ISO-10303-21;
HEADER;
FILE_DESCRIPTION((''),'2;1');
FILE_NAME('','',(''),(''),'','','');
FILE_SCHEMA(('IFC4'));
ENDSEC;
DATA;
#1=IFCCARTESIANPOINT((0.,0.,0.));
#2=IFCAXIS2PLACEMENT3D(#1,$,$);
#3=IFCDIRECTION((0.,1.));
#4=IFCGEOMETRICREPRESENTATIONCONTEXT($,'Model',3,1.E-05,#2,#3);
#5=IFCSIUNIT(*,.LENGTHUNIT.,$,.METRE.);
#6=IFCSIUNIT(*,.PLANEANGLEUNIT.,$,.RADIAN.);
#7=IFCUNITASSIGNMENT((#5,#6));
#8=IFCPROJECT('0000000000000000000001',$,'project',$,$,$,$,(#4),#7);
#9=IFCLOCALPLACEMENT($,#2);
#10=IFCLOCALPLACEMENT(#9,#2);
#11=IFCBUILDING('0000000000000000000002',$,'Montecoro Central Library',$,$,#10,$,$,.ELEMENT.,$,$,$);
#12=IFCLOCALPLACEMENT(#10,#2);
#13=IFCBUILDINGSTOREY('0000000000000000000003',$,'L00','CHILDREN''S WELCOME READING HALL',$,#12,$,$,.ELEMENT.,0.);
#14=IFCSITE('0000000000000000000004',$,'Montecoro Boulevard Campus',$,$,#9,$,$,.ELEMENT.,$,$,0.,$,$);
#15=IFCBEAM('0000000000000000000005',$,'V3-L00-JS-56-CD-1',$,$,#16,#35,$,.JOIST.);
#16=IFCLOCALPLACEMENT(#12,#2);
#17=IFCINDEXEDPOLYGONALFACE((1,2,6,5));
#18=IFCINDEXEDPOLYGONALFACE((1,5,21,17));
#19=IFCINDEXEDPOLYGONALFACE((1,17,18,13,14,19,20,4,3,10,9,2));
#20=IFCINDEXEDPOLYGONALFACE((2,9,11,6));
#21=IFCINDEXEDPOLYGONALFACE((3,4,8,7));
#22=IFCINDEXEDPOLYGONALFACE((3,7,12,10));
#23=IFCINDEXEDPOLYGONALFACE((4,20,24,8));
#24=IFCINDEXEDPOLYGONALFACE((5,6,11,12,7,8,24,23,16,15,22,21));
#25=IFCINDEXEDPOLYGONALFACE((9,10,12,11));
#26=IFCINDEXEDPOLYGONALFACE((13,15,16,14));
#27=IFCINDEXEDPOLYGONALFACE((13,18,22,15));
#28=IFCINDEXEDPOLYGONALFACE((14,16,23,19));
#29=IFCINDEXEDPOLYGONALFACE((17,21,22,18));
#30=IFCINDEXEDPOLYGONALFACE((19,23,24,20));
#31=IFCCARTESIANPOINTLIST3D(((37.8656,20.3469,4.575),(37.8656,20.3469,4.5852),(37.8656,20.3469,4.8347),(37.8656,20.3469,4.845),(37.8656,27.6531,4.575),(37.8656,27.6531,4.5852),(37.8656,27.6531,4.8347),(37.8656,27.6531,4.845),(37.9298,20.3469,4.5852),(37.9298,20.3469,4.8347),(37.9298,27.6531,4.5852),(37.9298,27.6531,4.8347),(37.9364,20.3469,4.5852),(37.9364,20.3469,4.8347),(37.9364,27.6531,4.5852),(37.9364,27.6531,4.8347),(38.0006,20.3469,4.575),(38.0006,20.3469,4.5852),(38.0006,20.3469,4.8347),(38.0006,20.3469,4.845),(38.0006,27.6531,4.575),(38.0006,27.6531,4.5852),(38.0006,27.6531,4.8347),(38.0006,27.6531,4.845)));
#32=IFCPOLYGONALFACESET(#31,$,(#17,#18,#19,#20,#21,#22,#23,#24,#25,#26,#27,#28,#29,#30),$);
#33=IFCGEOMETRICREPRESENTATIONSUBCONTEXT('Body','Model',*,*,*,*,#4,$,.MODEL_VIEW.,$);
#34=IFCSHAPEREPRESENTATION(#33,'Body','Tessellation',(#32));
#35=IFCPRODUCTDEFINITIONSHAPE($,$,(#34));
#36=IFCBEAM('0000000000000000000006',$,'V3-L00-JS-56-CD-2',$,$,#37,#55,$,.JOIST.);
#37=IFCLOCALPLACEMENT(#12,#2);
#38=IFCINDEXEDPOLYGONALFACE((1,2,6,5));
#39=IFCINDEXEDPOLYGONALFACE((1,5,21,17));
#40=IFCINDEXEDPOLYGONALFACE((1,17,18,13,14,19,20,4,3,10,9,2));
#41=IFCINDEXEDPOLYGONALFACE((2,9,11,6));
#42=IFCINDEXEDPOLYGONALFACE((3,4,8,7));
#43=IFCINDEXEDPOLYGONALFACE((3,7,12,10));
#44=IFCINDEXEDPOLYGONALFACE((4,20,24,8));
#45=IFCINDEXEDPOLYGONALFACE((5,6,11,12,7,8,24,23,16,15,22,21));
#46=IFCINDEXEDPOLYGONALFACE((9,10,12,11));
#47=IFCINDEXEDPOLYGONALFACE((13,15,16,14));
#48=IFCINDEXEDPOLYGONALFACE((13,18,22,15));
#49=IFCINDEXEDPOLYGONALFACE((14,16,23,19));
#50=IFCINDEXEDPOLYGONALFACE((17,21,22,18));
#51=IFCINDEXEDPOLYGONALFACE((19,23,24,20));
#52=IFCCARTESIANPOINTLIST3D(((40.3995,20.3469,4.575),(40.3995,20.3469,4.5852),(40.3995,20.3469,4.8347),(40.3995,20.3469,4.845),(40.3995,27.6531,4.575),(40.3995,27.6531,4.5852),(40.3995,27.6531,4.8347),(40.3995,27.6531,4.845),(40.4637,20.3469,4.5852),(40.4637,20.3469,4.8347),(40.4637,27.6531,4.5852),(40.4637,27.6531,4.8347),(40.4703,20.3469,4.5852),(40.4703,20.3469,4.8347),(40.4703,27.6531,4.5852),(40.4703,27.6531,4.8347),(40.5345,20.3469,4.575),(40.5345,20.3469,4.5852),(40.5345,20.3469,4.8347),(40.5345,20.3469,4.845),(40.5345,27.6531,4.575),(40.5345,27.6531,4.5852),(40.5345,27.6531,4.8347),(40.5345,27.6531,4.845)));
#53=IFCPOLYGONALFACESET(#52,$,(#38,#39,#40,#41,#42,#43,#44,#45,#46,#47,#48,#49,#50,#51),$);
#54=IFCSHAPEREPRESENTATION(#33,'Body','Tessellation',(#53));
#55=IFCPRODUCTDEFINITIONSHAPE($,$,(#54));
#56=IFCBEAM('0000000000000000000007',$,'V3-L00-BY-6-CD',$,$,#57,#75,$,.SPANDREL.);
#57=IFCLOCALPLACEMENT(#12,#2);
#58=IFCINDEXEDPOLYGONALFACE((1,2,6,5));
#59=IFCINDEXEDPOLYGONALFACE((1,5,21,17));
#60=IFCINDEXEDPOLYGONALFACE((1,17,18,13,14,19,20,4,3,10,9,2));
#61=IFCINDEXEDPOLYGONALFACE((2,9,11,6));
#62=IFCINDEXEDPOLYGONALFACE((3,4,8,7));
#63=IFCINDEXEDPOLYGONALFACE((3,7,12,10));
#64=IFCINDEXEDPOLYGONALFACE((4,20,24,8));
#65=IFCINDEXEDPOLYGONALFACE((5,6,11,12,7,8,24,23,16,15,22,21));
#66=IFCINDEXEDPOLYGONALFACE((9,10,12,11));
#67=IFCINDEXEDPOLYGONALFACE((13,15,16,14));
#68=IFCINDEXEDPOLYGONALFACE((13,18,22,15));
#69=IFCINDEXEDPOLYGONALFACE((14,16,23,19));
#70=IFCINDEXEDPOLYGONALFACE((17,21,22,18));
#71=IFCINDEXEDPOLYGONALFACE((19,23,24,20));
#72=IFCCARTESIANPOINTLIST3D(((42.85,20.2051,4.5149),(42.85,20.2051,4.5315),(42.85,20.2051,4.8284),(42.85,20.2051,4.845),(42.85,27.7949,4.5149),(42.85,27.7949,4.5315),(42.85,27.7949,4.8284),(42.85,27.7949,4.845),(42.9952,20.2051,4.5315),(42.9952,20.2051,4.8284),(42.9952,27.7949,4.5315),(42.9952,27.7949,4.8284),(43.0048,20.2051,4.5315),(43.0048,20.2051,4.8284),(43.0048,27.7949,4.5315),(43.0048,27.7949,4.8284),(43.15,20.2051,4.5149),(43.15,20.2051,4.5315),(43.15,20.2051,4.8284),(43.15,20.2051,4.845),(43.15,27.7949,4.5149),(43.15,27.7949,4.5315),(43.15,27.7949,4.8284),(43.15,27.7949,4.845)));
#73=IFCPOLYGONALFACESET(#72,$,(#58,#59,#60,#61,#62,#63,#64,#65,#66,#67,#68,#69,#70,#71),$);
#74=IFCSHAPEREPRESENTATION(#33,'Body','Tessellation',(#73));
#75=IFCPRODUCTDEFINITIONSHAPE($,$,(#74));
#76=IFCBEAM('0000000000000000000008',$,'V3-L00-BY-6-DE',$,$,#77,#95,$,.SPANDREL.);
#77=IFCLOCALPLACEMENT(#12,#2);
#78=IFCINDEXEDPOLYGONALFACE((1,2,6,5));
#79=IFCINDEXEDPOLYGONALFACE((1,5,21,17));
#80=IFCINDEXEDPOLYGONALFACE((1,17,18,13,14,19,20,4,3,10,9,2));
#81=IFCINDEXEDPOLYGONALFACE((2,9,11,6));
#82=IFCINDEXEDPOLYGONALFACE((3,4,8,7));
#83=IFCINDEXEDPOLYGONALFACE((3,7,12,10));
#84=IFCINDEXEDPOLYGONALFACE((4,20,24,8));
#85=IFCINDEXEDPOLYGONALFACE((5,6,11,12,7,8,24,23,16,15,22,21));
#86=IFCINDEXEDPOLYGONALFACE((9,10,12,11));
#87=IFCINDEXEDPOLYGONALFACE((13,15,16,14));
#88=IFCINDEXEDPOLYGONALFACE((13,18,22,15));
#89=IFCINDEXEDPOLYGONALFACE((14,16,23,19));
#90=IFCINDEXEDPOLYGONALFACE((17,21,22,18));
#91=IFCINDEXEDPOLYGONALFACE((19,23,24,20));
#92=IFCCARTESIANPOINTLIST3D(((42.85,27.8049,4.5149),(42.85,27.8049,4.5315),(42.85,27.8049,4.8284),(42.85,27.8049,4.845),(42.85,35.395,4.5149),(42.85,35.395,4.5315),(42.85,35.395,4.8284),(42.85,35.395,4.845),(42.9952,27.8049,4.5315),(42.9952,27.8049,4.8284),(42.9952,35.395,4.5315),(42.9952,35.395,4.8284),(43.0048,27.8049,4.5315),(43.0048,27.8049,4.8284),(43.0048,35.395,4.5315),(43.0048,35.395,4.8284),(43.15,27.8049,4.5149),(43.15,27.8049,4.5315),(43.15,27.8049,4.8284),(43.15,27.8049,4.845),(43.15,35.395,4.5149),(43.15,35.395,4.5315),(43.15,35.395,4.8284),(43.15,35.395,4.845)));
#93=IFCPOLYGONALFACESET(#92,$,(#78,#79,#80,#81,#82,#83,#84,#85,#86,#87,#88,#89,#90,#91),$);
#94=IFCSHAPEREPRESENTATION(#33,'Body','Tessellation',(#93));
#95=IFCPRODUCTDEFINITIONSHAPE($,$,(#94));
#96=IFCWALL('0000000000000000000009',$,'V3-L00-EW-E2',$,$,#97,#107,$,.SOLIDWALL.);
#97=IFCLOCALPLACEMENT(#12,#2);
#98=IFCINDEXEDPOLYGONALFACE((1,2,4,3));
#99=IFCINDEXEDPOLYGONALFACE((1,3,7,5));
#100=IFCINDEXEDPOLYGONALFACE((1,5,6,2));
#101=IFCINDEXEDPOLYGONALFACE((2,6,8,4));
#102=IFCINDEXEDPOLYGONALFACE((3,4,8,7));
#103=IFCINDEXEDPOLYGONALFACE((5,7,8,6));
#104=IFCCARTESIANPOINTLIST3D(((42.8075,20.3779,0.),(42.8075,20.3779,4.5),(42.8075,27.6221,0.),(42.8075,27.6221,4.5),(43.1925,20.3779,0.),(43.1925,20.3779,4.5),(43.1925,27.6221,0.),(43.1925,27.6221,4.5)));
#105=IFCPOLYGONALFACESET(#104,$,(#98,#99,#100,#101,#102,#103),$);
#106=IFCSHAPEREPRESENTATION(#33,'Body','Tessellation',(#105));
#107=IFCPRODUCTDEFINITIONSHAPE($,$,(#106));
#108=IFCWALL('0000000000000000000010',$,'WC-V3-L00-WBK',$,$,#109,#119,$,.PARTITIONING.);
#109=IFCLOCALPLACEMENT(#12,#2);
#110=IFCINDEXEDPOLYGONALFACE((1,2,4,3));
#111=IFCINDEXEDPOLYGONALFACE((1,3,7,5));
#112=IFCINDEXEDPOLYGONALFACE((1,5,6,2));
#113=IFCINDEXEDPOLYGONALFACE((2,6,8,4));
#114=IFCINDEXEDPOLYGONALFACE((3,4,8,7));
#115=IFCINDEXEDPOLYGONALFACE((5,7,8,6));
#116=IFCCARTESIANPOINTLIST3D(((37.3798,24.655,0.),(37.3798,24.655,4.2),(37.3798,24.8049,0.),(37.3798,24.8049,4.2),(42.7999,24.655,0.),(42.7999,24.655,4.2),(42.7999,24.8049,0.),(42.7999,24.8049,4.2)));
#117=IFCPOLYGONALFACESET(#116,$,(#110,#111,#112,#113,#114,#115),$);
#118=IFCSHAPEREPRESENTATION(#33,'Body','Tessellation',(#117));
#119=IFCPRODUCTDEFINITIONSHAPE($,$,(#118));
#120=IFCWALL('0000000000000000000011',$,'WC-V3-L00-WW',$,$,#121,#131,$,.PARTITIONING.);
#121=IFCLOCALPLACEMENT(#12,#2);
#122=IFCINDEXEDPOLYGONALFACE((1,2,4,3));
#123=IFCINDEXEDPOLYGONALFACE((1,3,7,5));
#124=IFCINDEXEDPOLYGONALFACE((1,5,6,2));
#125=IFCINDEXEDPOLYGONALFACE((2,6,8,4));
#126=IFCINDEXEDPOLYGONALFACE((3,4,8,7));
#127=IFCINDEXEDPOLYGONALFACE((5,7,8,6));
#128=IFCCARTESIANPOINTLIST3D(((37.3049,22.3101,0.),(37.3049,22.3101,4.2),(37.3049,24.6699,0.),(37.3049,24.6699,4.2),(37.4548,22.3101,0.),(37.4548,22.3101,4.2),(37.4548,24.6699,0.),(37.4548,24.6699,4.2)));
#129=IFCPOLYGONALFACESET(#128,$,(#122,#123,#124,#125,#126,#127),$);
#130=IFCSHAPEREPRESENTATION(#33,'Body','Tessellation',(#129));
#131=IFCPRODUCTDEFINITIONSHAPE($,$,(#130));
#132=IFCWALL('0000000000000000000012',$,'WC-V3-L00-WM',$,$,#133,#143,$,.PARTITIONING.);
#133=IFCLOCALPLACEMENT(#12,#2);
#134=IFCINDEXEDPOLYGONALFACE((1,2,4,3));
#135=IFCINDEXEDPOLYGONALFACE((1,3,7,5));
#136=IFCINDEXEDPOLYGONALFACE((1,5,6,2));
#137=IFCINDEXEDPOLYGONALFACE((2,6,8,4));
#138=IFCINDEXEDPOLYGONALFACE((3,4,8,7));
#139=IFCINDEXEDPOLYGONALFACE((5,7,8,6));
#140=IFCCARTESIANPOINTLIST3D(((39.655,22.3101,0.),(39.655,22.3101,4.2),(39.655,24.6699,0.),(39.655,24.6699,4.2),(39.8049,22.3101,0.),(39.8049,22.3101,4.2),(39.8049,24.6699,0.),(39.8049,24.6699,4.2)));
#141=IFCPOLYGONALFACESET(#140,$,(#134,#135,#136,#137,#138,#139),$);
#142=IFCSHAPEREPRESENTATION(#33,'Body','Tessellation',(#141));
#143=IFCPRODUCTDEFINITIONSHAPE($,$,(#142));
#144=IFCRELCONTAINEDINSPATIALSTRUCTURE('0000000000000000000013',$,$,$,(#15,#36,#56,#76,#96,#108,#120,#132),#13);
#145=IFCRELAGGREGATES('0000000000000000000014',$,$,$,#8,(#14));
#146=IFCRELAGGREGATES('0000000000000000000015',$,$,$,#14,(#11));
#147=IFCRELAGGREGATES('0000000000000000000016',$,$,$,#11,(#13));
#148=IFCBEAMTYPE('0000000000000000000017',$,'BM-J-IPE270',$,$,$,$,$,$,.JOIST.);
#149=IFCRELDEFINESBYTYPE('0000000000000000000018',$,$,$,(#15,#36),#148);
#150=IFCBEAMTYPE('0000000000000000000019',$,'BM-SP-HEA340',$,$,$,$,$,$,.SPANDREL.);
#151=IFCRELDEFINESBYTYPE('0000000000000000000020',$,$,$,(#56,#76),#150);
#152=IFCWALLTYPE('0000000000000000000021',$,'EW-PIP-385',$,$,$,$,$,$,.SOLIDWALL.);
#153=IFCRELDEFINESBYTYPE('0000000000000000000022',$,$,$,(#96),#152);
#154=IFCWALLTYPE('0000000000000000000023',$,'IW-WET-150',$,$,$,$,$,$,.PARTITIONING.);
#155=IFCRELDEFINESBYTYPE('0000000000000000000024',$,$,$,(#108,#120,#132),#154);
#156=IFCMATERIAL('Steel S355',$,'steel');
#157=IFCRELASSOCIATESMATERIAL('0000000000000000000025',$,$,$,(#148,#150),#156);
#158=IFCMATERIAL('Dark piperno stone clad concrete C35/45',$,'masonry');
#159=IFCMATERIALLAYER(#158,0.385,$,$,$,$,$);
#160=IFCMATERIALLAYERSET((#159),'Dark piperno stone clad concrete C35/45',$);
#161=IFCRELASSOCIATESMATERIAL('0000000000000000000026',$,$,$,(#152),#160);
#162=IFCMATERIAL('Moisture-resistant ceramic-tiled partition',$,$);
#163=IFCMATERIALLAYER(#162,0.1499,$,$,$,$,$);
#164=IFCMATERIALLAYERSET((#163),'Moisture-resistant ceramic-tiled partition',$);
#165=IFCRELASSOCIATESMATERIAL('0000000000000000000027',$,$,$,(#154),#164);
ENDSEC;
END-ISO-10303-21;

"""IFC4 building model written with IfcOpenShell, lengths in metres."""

from ifc_helpers import new_model, si_unit, direction, frame, frame_2d, origin, origin_2d, place, context, subcontext, project, spatial, rectangle, i_section, extrude, material, layer, layer_set, material_profile, profile_set, type_object, element, save


model = new_model("IFC4")

# Units and contexts
model_context = context("Model", 3, precision=1e-05, world=origin(), true_north=direction((0.0, 1.0)))
body_context = subcontext(model_context, "Body", "Model", "MODEL_VIEW")
ifc_project = project(units=[si_unit("LENGTHUNIT", "METRE"), si_unit("PLANEANGLEUNIT", "RADIAN")], contexts=[model_context])

# Site, building, storey
site_placement = place(None, origin())
site = spatial("IfcSite", under=ifc_project, at=site_placement, Name="Montecoro Boulevard Campus", CompositionType="ELEMENT", RefElevation=0.0)
building_placement = place(site_placement, origin())
building = spatial("IfcBuilding", under=site, at=building_placement, Name="Montecoro Central Library", CompositionType="ELEMENT")
storey_placement = place(building_placement, origin())
storey = spatial("IfcBuildingStorey", under=building, at=storey_placement, Name="L00", Description="CHILDREN'S WELCOME READING HALL", CompositionType="ELEMENT", Elevation=0.0)

# Shared definitions
ifc_material_1 = material(Name="Steel S355", Category="steel")

# Beams
ifc_material_profile_1 = material_profile(ifc_material_1, i_section(OverallWidth=0.135, OverallDepth=0.27, WebThickness=0.0066, FlangeThickness=0.0103, at=origin_2d()), Name="IPE 270")
ifc_profile_set_1 = profile_set([ifc_material_profile_1], Name="Steel S355")
beam_type_1 = type_object("IfcBeamType", Name="BM-J-IPE270", PredefinedType="JOIST", material=ifc_profile_set_1)
for number, where, z_axis, x_axis, name in (
    (1, (37.9331, 20.3469, 4.71), (0.0, 1.0, 0.0), (-1.0, 0.0, 0.0), "V3-L00-JS-56-CD-1"),
    (2, (40.467, 20.3469, 4.71), (0.0, 1.0, 0.0), (-1.0, 0.0, 0.0), "V3-L00-JS-56-CD-2"),
):
    element("IfcBeam", number, at=place(storey_placement, frame(where, z_axis=z_axis, x_axis=x_axis)), inside=storey, type_object=beam_type_1, Name=name, PredefinedType="JOIST", context=body_context, shape_type="SweptSolid", body=[
        extrude(i_section(OverallWidth=0.135, OverallDepth=0.27, WebThickness=0.0066, FlangeThickness=0.0103, at=origin_2d()), origin(), (0.0, 0.0, 1.0), 7.3062),
    ])
ifc_material_profile_2 = material_profile(ifc_material_1, i_section(OverallWidth=0.3, OverallDepth=0.3301, WebThickness=0.0095, FlangeThickness=0.0166, at=origin_2d()), Name="HEA 340")
ifc_profile_set_2 = profile_set([ifc_material_profile_2], Name="Steel S355")
beam_type_2 = type_object("IfcBeamType", Name="BM-SP-HEA340", PredefinedType="SPANDREL", material=ifc_profile_set_2)
beam_1_placement = place(storey_placement, frame((43.0, 20.2051, 4.6799), z_axis=(0.0, 1.0, 0.0), x_axis=(-1.0, 0.0, 0.0)))
element("IfcBeam", 3, at=beam_1_placement, inside=storey, type_object=beam_type_2, Name="V3-L00-BY-6-CD", PredefinedType="SPANDREL", context=body_context, shape_type="SweptSolid", body=[
    extrude(i_section(OverallWidth=0.3, OverallDepth=0.3301, WebThickness=0.0095, FlangeThickness=0.0166, at=origin_2d()), origin(), (0.0, 0.0, 1.0), 7.5898),
])
beam_2_placement = place(storey_placement, frame((43.0, 27.8049, 4.6799), z_axis=(0.0, 1.0, 0.0), x_axis=(-1.0, 0.0, 0.0)))
element("IfcBeam", 4, at=beam_2_placement, inside=storey, type_object=beam_type_2, Name="V3-L00-BY-6-DE", PredefinedType="SPANDREL", context=body_context, shape_type="SweptSolid", body=[
    extrude(i_section(OverallWidth=0.3, OverallDepth=0.3301, WebThickness=0.0095, FlangeThickness=0.0166, at=origin_2d()), origin(), (0.0, 0.0, 1.0), 7.5901),
])

# Walls
ifc_material_2 = material(Name="Dark piperno stone clad concrete C35/45", Category="masonry")
ifc_layer_1 = layer(ifc_material_2, 0.385)
ifc_layer_set_1 = layer_set([ifc_layer_1], Name="Dark piperno stone clad concrete C35/45")
wall_type_1 = type_object("IfcWallType", Name="EW-PIP-385", PredefinedType="SOLIDWALL", material=ifc_layer_set_1)
wall_1_placement = place(storey_placement, frame((43.0, 20.3779, 0.0), z_axis=(0.0, 0.0, 1.0), x_axis=(0.0, 1.0, 0.0)))
element("IfcWall", 5, at=wall_1_placement, inside=storey, type_object=wall_type_1, Name="V3-L00-EW-E2", PredefinedType="SOLIDWALL", context=body_context, shape_type="SweptSolid", body=[
    extrude(rectangle(XDim=7.2441, YDim=0.385, at=frame_2d((3.6221, 0.0))), origin(), (0.0, 0.0, 1.0), 4.5),
])
ifc_material_3 = material(Name="Moisture-resistant ceramic-tiled partition")
ifc_layer_2 = layer(ifc_material_3, 0.1499)
ifc_layer_set_2 = layer_set([ifc_layer_2], Name="Moisture-resistant ceramic-tiled partition")
wall_type_2 = type_object("IfcWallType", Name="IW-WET-150", PredefinedType="PARTITIONING", material=ifc_layer_set_2)
wall_2_placement = place(storey_placement, frame((37.3799, 24.73, 0.0), z_axis=(0.0, 0.0, 1.0), x_axis=(1.0, 0.0, 0.0)))
element("IfcWall", 6, at=wall_2_placement, inside=storey, type_object=wall_type_2, Name="WC-V3-L00-WBK", PredefinedType="PARTITIONING", context=body_context, shape_type="SweptSolid", body=[
    extrude(rectangle(XDim=5.4202, YDim=0.1499, at=frame_2d((2.71, 0.0))), origin(), (0.0, 0.0, 1.0), 4.2),
])
for number, where, z_axis, x_axis, name in (
    (7, (37.3799, 22.3101, 0.0), (0.0, 0.0, 1.0), (0.0, 1.0, 0.0), "WC-V3-L00-WW"),
    (8, (39.73, 22.3101, 0.0), (0.0, 0.0, 1.0), (0.0, 1.0, 0.0), "WC-V3-L00-WM"),
):
    element("IfcWall", number, at=place(storey_placement, frame(where, z_axis=z_axis, x_axis=x_axis)), inside=storey, type_object=wall_type_2, Name=name, PredefinedType="PARTITIONING", context=body_context, shape_type="SweptSolid", body=[
        extrude(rectangle(XDim=2.3599, YDim=0.1499, at=frame_2d((1.1799, 0.0))), origin(), (0.0, 0.0, 1.0), 4.2),
    ])

save(model, "model.ifc")
